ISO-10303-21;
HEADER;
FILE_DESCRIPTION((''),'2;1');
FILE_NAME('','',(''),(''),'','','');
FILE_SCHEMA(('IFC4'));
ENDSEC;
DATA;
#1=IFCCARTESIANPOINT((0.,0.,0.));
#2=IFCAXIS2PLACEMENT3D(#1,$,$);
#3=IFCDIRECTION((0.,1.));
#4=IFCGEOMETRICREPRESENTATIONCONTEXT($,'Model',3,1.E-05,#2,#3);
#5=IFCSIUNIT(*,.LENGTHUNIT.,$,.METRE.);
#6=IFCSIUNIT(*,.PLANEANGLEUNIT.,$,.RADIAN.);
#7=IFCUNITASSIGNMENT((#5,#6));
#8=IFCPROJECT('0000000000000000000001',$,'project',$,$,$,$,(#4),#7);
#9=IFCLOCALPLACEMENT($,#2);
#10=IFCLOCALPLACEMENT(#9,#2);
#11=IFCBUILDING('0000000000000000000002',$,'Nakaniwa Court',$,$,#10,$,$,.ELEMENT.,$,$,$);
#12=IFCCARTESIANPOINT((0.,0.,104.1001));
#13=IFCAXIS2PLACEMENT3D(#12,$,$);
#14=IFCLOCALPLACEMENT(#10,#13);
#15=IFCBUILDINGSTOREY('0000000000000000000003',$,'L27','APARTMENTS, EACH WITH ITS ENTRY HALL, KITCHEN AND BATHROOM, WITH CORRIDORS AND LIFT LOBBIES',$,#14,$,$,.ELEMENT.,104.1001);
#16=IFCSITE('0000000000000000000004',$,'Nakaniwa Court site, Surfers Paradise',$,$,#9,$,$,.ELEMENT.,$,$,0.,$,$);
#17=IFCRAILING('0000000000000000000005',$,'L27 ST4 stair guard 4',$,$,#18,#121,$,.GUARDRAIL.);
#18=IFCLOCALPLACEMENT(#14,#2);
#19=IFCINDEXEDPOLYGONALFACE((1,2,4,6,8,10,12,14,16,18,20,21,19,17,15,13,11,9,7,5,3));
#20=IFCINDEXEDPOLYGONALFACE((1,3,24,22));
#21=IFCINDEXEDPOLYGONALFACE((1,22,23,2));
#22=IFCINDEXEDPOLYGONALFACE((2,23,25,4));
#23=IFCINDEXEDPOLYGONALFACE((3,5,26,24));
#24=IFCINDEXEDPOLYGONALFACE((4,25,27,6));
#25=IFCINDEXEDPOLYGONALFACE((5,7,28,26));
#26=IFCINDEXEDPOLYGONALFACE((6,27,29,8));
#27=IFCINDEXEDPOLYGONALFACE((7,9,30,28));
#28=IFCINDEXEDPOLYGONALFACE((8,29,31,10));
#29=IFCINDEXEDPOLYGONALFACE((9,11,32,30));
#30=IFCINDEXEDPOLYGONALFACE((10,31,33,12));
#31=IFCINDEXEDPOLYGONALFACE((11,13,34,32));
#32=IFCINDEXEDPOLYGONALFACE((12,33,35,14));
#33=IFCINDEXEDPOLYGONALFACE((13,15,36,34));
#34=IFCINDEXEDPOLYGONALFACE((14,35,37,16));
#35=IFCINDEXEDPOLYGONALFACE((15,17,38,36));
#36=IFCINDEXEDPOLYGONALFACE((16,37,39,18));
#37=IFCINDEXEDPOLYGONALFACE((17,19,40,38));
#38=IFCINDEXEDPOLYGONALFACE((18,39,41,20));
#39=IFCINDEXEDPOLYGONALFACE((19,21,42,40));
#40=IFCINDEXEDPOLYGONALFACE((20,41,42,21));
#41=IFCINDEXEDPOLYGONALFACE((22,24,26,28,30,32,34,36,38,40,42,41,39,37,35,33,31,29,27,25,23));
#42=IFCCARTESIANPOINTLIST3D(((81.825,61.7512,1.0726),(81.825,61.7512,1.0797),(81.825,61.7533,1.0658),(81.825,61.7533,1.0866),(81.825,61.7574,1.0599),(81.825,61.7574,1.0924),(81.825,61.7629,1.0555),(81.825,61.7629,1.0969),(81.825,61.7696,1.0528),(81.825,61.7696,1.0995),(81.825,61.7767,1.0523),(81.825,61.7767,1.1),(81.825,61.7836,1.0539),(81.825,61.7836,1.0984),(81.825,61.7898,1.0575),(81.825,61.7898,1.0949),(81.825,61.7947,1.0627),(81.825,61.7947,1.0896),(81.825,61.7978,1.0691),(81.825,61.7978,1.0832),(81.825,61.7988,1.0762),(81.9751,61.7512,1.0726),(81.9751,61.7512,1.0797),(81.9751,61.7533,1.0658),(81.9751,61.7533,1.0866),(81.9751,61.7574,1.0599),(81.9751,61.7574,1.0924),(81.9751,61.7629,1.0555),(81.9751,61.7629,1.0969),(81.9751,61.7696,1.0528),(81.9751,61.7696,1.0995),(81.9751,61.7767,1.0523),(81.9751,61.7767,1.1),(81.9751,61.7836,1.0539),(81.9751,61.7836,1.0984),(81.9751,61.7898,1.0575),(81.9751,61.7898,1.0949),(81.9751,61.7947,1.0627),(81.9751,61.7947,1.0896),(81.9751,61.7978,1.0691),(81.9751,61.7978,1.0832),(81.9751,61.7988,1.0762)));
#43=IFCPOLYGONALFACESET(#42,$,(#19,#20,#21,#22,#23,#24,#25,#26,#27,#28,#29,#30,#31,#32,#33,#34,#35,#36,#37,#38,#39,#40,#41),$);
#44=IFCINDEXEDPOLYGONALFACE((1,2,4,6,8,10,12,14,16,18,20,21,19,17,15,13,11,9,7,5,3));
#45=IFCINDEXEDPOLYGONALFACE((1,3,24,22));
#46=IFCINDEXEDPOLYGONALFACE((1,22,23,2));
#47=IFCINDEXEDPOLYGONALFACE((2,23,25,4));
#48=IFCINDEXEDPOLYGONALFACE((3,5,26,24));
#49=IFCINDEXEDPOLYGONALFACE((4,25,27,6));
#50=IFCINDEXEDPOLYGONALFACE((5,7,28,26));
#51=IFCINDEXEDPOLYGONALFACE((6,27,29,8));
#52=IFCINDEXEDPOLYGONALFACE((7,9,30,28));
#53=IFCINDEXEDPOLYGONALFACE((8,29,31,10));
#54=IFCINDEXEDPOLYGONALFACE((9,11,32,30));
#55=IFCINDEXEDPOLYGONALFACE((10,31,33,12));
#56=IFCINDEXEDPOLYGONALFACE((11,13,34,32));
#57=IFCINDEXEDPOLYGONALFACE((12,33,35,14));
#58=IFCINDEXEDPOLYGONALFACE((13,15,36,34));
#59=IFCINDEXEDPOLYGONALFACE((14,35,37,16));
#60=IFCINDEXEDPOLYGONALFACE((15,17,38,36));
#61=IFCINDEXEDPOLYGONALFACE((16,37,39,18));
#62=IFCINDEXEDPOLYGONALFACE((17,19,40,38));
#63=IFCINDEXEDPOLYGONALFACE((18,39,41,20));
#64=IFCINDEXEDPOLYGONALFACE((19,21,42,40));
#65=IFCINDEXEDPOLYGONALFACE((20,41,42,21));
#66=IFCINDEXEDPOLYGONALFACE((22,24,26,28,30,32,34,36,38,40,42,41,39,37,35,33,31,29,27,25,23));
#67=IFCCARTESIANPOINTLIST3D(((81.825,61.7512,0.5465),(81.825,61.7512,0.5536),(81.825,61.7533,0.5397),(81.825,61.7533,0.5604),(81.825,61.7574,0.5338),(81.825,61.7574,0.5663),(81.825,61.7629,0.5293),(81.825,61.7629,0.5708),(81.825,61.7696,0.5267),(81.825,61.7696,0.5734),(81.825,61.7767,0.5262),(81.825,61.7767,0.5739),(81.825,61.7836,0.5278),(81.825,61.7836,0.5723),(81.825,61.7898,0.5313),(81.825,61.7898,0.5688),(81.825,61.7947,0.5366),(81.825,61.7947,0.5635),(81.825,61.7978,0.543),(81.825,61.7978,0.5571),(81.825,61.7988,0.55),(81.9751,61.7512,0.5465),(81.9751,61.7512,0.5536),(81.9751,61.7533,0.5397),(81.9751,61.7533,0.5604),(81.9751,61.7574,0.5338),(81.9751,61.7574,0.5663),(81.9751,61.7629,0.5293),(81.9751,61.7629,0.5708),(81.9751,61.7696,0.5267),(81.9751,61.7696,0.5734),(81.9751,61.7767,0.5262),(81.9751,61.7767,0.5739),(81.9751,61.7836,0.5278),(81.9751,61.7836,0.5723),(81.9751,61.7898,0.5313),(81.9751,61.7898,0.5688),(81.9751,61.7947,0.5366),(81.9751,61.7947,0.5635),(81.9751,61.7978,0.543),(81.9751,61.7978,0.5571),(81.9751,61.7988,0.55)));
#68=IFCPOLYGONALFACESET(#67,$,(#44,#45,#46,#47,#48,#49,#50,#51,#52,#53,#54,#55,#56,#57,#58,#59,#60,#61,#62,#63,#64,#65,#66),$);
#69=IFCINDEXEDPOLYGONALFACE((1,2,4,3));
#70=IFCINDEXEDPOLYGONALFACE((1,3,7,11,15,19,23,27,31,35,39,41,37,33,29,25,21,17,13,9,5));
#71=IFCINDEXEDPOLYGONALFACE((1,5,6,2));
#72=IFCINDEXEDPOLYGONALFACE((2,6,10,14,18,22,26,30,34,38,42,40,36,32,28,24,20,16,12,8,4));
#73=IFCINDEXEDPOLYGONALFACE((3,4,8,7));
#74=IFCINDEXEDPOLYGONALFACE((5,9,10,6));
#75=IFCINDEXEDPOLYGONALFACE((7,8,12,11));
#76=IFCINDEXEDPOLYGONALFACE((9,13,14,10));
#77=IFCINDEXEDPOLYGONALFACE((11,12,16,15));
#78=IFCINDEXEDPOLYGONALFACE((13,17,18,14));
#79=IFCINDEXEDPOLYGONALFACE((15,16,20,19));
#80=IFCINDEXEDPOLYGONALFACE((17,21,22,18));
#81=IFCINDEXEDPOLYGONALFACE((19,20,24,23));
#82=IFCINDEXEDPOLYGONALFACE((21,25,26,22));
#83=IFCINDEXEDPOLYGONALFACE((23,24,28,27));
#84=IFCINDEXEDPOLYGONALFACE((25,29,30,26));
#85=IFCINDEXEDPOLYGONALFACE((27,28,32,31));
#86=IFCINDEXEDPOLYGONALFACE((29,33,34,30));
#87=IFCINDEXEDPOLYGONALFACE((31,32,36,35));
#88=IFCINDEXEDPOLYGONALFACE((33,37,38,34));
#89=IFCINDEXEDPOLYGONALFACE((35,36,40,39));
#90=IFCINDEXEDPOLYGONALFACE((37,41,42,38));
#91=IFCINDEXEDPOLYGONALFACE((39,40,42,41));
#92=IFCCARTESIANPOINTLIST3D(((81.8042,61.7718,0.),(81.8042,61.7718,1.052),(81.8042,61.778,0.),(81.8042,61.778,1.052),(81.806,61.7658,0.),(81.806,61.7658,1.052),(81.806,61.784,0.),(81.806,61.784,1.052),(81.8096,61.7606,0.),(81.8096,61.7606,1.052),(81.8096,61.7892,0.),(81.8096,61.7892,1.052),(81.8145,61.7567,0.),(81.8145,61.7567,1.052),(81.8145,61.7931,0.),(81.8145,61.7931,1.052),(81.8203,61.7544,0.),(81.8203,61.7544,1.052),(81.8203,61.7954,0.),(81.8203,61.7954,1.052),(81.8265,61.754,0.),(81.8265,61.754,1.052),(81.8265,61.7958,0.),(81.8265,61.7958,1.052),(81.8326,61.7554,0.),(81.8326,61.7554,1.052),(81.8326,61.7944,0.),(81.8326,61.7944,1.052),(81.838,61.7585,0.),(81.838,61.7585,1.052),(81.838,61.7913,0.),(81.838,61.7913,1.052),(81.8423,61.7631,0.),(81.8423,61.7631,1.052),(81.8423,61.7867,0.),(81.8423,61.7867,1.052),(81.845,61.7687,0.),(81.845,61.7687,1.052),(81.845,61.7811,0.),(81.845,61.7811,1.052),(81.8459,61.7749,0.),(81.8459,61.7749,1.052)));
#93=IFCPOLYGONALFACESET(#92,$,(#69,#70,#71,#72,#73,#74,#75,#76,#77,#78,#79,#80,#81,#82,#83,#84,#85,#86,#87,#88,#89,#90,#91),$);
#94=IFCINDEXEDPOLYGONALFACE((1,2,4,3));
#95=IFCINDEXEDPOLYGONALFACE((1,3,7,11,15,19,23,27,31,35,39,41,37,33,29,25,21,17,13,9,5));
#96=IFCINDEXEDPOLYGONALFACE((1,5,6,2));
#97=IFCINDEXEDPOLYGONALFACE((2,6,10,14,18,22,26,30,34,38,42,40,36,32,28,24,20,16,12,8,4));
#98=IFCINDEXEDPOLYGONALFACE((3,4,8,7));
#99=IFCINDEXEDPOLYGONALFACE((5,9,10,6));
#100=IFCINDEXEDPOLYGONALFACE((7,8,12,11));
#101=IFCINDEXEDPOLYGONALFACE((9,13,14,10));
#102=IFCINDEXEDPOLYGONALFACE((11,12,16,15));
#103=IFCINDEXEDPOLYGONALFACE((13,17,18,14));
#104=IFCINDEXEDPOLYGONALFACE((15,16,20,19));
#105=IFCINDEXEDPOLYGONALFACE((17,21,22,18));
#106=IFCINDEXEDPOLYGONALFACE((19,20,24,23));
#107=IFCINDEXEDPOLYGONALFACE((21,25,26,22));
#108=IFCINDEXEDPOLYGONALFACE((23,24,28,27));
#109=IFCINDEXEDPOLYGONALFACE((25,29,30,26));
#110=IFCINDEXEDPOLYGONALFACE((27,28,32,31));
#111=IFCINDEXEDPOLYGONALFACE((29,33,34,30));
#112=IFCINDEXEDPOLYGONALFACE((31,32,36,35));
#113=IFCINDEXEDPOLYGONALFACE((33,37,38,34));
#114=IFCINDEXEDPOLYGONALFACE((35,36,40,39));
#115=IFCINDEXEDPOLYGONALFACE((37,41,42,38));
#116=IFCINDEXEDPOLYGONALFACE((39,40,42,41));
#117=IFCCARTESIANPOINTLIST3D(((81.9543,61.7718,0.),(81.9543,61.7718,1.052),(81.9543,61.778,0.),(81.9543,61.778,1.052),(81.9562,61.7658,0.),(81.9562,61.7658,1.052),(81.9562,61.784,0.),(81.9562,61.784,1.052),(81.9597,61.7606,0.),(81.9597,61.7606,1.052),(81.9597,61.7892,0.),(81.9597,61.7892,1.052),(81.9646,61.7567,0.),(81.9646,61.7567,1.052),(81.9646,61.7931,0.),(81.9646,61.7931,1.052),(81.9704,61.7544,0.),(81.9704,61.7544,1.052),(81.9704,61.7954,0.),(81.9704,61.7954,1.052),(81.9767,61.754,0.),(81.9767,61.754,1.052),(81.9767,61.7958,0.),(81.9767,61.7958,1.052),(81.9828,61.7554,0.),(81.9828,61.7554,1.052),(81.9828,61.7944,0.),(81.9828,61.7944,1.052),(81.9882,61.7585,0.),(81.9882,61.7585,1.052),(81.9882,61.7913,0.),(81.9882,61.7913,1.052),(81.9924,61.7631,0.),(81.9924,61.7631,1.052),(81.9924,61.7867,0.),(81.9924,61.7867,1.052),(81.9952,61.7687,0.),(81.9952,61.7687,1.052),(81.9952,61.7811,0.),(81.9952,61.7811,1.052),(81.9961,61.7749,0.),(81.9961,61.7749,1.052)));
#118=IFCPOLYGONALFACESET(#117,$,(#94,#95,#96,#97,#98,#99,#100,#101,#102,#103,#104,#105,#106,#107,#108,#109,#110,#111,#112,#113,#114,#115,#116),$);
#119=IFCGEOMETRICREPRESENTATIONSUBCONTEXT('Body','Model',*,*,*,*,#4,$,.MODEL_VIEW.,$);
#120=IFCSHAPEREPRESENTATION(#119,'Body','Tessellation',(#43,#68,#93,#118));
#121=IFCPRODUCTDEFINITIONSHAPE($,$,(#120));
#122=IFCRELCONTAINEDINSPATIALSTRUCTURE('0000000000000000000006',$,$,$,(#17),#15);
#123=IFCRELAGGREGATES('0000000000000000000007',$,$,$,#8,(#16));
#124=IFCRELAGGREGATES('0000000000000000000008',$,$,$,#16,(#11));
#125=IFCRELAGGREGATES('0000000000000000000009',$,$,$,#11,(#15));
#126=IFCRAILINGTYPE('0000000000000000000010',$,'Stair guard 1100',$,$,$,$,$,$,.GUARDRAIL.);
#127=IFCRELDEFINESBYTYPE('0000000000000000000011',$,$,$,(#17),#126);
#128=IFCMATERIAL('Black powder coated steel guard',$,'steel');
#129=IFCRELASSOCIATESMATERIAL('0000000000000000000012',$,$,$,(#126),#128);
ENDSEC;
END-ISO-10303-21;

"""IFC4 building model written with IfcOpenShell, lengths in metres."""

from ifc_helpers import new_model, si_unit, direction, frame, origin, origin_2d, place, context, subcontext, project, spatial, circle, extrude, material, type_object, element, save


model = new_model("IFC4")

# Units and contexts
model_context = context("Model", 3, precision=1e-05, world=origin(), true_north=direction((0.0, 1.0)))
body_context = subcontext(model_context, "Body", "Model", "MODEL_VIEW")
ifc_project = project(units=[si_unit("LENGTHUNIT", "METRE"), si_unit("PLANEANGLEUNIT", "RADIAN")], contexts=[model_context])

# Site, building, storey
site_placement = place(None, origin())
site = spatial("IfcSite", under=ifc_project, at=site_placement, Name="Nakaniwa Court site, Surfers Paradise", CompositionType="ELEMENT", RefElevation=0.0)
building_placement = place(site_placement, origin())
building = spatial("IfcBuilding", under=site, at=building_placement, Name="Nakaniwa Court", CompositionType="ELEMENT")
storey_placement = place(building_placement, frame((0.0, 0.0, 104.1001)))
storey = spatial("IfcBuildingStorey", under=building, at=storey_placement, Name="L27", Description="APARTMENTS, EACH WITH ITS ENTRY HALL, KITCHEN AND BATHROOM, WITH CORRIDORS AND LIFT LOBBIES", CompositionType="ELEMENT", Elevation=104.1001)

# Railing
ifc_material_1 = material(Name="Black powder coated steel guard", Category="steel")
railing_type_1 = type_object("IfcRailingType", Name="Stair guard 1100", PredefinedType="GUARDRAIL", material=ifc_material_1)
railing_1_placement = place(storey_placement, frame((81.825, 61.7749, 0.0)))
element("IfcRailing", 1, at=railing_1_placement, inside=storey, type_object=railing_type_1, Name="L27 ST4 stair guard 4", PredefinedType="GUARDRAIL", context=body_context, shape_type="SweptSolid", body=[
    extrude(circle(Radius=0.0239, at=origin_2d()), frame((0.0, 0.0, 1.0762), z_axis=(1.0, 0.0, 0.0), x_axis=(0.0, 1.0, 0.0)), (0.0, 0.0, 1.0), 0.1501),
    extrude(circle(Radius=0.0239, at=origin_2d()), frame((0.0, 0.0, 0.55), z_axis=(1.0, 0.0, 0.0), x_axis=(0.0, 1.0, 0.0)), (0.0, 0.0, 1.0), 0.1501),
    extrude(circle(Radius=0.021, at=origin_2d()), origin(), (0.0, 0.0, 1.0), 1.052),
    extrude(circle(Radius=0.021, at=origin_2d()), frame((0.1501, 0.0, 0.0)), (0.0, 0.0, 1.0), 1.052),
])

save(model, "model.ifc")
